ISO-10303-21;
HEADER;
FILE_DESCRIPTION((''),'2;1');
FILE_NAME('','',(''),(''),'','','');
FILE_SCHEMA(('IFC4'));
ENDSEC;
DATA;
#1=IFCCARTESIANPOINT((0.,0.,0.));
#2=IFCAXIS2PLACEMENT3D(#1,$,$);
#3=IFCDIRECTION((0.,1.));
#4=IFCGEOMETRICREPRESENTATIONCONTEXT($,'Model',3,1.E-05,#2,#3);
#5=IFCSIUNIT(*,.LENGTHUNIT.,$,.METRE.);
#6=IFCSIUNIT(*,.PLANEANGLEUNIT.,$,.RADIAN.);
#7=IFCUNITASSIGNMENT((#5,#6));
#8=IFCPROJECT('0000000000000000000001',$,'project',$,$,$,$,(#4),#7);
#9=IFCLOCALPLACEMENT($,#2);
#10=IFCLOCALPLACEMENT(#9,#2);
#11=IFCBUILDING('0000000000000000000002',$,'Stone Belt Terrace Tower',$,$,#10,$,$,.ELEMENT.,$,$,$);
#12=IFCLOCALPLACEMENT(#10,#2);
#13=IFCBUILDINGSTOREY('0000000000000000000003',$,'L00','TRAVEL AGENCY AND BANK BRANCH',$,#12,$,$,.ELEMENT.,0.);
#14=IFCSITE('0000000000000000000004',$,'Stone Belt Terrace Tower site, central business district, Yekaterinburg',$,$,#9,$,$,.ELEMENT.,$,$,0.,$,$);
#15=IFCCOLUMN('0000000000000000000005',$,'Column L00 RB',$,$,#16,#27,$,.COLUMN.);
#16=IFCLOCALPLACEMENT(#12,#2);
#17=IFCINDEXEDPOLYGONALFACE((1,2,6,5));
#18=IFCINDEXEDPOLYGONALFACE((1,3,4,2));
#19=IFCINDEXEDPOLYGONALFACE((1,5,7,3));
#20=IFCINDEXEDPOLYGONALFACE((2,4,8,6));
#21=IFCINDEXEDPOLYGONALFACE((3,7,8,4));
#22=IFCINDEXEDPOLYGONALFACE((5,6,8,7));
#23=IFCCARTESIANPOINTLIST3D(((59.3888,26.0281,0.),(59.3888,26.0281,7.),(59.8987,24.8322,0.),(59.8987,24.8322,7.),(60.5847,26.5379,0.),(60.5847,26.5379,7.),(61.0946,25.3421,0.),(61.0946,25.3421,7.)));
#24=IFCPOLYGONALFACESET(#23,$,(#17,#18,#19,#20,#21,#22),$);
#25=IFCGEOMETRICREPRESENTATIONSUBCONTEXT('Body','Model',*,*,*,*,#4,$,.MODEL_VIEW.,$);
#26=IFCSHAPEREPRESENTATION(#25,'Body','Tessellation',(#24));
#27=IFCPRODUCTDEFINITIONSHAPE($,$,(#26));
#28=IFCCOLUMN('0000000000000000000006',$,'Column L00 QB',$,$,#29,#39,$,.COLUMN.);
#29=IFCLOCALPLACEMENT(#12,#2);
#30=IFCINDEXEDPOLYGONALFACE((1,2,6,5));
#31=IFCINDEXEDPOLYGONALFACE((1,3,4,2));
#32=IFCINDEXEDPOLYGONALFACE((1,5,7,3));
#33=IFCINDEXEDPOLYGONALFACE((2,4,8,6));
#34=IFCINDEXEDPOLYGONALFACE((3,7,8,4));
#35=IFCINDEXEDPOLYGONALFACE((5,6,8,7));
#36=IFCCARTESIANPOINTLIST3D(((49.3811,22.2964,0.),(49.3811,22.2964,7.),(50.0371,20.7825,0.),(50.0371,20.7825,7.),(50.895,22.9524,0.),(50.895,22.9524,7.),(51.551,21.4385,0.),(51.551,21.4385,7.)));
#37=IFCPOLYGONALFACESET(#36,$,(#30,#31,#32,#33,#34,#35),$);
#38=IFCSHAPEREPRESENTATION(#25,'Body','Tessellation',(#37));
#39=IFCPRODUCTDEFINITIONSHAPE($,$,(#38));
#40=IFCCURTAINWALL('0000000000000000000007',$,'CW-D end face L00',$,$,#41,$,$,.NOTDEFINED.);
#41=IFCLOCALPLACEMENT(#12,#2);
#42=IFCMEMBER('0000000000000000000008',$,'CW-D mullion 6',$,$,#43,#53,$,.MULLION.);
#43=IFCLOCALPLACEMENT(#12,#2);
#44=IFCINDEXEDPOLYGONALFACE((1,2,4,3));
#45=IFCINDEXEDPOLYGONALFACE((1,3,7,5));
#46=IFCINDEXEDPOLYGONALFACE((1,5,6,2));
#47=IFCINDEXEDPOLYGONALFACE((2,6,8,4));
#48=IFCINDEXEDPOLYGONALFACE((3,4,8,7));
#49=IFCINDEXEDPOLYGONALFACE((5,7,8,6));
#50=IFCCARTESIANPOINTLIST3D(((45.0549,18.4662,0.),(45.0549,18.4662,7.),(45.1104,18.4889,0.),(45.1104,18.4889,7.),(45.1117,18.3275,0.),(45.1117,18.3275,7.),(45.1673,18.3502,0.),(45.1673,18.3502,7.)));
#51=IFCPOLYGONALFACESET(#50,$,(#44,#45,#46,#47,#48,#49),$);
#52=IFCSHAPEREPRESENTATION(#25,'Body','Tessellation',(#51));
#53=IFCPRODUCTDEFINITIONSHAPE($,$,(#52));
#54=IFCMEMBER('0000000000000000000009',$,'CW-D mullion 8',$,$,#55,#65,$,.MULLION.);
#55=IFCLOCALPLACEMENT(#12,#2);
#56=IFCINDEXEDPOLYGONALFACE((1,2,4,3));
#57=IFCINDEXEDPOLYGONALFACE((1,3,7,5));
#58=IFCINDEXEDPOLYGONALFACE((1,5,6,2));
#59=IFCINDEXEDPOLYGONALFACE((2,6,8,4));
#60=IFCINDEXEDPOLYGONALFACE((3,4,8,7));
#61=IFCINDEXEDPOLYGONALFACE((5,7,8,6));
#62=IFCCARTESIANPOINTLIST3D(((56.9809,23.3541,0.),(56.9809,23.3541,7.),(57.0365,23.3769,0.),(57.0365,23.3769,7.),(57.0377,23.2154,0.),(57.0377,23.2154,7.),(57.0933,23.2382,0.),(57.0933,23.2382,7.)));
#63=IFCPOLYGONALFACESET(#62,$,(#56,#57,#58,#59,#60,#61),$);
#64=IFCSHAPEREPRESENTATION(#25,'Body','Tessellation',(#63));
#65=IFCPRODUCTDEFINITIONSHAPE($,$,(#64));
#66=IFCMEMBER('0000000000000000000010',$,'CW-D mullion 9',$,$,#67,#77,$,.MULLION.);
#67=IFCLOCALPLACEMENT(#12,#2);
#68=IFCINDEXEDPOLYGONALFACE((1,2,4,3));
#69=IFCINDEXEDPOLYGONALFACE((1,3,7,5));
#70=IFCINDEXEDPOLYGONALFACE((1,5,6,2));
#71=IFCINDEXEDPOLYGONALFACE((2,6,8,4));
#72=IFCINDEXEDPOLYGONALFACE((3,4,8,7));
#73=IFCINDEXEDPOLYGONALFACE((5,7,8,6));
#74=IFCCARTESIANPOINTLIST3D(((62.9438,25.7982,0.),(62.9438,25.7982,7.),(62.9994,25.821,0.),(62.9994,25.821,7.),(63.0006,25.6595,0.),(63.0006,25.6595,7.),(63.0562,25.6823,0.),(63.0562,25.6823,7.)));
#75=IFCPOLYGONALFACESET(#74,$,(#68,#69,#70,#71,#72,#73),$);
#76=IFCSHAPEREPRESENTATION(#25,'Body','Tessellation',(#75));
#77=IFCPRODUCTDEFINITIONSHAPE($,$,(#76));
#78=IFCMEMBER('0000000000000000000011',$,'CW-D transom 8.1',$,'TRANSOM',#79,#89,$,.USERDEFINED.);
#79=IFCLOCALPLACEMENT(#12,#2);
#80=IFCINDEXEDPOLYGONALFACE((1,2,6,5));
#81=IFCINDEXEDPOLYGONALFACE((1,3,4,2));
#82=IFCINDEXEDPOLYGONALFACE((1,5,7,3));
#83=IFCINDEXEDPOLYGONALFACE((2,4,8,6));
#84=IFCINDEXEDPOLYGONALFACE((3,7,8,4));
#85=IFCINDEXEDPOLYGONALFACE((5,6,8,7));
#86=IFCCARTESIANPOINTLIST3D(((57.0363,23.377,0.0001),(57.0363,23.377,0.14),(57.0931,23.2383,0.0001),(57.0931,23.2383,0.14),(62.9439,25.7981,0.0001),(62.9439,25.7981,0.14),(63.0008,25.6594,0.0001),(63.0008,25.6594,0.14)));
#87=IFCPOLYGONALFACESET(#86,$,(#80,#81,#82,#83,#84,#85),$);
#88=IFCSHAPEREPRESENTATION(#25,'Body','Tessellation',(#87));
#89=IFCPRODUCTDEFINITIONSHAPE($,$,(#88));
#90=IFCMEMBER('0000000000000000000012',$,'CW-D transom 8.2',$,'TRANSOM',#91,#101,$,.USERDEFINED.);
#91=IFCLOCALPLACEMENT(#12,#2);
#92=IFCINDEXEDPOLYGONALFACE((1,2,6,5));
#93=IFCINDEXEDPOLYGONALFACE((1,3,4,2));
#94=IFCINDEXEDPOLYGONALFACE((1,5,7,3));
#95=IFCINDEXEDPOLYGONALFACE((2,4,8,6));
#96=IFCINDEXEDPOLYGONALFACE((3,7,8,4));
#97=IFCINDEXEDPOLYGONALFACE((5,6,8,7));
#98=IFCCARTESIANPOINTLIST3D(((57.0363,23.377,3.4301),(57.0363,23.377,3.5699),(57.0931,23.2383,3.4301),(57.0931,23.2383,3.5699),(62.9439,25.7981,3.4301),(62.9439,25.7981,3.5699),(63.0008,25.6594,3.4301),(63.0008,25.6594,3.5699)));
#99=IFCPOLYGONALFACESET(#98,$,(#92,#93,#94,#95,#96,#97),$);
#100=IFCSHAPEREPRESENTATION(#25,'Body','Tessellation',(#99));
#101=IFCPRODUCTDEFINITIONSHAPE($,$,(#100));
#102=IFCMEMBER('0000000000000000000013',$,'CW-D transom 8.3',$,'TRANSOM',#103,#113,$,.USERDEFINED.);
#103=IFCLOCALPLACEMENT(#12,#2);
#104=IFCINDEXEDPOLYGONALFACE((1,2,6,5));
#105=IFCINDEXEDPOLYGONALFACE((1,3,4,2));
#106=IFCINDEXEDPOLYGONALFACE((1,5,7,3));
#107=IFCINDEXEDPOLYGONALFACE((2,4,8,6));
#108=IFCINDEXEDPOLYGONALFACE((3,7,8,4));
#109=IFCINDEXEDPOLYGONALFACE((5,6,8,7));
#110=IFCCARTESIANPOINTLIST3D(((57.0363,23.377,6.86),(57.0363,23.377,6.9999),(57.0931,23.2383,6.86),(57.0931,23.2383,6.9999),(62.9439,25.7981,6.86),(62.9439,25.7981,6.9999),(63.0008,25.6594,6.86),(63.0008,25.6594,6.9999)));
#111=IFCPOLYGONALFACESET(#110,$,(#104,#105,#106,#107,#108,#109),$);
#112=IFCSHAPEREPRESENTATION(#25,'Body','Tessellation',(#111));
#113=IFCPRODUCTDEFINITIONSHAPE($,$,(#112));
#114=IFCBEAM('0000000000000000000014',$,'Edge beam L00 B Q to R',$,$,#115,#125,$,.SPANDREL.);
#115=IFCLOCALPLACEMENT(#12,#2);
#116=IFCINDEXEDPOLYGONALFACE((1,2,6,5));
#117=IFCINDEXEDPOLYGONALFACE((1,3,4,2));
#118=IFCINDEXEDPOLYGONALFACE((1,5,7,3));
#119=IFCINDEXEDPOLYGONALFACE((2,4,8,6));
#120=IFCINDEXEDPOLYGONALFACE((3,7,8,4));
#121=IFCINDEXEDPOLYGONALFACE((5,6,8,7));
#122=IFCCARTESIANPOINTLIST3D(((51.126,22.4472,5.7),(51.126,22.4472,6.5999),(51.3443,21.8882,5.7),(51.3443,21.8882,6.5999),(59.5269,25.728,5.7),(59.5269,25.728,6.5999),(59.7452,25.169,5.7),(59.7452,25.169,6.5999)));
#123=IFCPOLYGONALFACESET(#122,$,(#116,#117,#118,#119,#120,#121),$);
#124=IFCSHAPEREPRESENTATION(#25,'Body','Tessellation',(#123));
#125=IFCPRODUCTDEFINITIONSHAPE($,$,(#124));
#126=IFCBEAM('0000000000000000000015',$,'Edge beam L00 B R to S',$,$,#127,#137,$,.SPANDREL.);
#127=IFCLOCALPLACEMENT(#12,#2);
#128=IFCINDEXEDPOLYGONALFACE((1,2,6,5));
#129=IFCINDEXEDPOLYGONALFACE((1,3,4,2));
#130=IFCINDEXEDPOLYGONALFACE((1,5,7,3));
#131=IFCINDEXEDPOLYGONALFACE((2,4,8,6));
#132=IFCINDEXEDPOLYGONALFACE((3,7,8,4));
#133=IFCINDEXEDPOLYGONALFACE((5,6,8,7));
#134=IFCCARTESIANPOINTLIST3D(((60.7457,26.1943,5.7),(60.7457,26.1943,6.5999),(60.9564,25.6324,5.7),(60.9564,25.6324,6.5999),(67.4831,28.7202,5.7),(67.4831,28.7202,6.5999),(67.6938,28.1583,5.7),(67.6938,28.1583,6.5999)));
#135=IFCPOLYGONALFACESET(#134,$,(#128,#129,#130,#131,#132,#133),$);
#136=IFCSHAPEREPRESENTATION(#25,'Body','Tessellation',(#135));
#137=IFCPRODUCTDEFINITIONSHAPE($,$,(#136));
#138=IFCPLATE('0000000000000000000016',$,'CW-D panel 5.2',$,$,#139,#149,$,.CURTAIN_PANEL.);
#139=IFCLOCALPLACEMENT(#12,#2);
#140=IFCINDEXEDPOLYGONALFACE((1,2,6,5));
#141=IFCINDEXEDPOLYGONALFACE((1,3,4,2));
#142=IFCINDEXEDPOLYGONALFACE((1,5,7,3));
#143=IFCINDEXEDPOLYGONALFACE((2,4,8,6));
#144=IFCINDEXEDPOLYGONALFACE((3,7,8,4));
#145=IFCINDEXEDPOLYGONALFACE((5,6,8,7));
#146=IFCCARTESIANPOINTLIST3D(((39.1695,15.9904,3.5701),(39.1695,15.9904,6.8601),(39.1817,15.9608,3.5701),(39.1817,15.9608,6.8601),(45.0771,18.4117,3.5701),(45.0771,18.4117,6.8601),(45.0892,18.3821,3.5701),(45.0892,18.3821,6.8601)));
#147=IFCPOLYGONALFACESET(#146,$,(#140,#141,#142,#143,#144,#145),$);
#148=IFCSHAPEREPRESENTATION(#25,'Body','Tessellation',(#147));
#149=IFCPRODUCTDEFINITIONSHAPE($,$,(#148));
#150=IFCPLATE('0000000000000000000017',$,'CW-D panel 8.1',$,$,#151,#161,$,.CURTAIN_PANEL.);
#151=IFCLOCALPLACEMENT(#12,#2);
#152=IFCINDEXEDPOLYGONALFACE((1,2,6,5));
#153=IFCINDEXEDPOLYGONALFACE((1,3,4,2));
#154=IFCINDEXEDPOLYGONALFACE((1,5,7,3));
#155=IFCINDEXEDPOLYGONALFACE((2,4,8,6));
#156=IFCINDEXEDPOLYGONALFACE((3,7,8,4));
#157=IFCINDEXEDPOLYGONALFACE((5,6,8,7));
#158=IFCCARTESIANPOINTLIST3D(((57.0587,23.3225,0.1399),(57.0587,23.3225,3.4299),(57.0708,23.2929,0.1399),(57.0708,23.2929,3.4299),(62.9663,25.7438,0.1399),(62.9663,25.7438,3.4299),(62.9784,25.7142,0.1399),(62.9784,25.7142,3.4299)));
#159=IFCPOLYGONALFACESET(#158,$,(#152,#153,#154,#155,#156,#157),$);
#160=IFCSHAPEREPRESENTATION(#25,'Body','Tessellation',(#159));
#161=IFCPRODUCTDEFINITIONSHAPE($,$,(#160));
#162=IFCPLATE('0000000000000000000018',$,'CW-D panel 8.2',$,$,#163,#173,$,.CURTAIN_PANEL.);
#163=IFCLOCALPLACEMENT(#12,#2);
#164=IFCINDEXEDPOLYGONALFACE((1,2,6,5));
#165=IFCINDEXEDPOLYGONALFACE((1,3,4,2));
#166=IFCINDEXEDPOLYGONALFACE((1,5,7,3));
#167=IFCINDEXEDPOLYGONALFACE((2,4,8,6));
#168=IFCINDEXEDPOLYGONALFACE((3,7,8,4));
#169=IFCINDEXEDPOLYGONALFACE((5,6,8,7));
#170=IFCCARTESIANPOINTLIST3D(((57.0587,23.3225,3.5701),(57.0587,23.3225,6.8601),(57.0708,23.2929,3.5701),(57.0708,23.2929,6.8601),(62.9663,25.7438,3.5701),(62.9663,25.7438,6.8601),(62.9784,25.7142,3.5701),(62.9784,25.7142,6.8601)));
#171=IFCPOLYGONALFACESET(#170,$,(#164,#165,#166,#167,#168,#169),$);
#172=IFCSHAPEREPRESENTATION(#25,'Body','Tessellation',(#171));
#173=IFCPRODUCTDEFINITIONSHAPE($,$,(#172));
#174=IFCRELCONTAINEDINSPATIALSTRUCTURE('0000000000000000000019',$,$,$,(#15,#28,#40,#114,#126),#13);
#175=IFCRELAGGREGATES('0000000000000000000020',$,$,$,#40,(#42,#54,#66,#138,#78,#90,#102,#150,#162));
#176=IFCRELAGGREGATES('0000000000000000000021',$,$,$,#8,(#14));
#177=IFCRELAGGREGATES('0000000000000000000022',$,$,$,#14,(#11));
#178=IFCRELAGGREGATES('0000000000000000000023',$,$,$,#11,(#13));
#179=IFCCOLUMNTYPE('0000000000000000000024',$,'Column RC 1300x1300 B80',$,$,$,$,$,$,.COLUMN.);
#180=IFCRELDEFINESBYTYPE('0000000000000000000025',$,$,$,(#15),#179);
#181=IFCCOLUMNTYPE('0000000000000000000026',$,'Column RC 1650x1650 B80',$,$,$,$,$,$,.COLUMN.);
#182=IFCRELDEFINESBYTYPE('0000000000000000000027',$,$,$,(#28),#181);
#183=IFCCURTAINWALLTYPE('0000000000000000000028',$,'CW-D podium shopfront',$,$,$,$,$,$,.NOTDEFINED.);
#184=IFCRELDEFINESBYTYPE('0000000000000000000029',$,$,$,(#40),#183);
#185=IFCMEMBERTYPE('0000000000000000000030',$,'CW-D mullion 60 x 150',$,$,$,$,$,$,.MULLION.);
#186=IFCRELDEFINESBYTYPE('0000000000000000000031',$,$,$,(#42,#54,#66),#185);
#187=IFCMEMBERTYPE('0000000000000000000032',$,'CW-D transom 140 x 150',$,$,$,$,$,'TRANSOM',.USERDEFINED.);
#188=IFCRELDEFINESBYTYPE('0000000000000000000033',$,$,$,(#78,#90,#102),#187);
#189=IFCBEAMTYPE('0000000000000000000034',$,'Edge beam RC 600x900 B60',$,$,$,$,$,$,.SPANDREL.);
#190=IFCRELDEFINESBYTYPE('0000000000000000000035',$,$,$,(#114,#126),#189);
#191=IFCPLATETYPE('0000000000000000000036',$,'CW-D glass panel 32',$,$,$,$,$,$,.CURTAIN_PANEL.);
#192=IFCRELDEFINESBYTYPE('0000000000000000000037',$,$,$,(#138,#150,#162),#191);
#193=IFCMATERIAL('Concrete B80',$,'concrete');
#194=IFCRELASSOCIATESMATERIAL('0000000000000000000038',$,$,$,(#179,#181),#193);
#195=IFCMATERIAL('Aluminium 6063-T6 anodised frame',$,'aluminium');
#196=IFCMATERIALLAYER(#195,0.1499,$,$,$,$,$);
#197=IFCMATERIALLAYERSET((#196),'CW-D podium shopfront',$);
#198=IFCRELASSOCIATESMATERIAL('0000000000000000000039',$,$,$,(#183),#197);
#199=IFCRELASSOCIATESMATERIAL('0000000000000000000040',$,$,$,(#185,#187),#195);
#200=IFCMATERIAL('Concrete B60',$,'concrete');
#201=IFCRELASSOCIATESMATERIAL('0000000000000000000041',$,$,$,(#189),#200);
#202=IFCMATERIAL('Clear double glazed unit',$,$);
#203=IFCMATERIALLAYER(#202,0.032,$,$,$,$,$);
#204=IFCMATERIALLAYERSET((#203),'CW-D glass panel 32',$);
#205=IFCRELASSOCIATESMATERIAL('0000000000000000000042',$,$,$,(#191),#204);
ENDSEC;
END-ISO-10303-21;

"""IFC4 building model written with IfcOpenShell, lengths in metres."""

from ifc_helpers import new_model, si_unit, direction, frame, origin, origin_2d, place, context, subcontext, project, spatial, rectangle, extrude, material, layer, layer_set, material_profile, profile_set, type_object, element, aggregate, save


model = new_model("IFC4")

# Units and contexts
model_context = context("Model", 3, precision=1e-05, world=origin(), true_north=direction((0.0, 1.0)))
body_context = subcontext(model_context, "Body", "Model", "MODEL_VIEW")
ifc_project = project(units=[si_unit("LENGTHUNIT", "METRE"), si_unit("PLANEANGLEUNIT", "RADIAN")], contexts=[model_context])

# Site, building, storey
site_placement = place(None, origin())
site = spatial("IfcSite", under=ifc_project, at=site_placement, Name="Stone Belt Terrace Tower site, central business district, Yekaterinburg", CompositionType="ELEMENT", RefElevation=0.0)
building_placement = place(site_placement, origin())
building = spatial("IfcBuilding", under=site, at=building_placement, Name="Stone Belt Terrace Tower", CompositionType="ELEMENT")
storey_placement = place(building_placement, origin())
storey = spatial("IfcBuildingStorey", under=building, at=storey_placement, Name="L00", Description="TRAVEL AGENCY AND BANK BRANCH", CompositionType="ELEMENT", Elevation=0.0)

# Columns
ifc_material_1 = material(Name="Concrete B80", Category="concrete")
ifc_material_profile_1 = material_profile(ifc_material_1, rectangle(XDim=1.3, YDim=1.3, at=origin_2d()), Name="RC 1300x1300")
ifc_profile_set_1 = profile_set([ifc_material_profile_1], Name="Concrete B80")
column_type_1 = type_object("IfcColumnType", Name="Column RC 1300x1300 B80", PredefinedType="COLUMN", material=ifc_profile_set_1)
column_1_placement = place(storey_placement, frame((60.2417, 25.6851, 0.0), z_axis=(0.0, 0.0, 1.0), x_axis=(0.392204, -0.919878, 0.0)))
element("IfcColumn", 1, at=column_1_placement, inside=storey, type_object=column_type_1, Name="Column L00 RB", PredefinedType="COLUMN", context=body_context, shape_type="SweptSolid", body=[
    extrude(rectangle(XDim=1.3, YDim=1.3, at=origin_2d()), origin(), (0.0, 0.0, 1.0), 7.0),
])
ifc_material_profile_2 = material_profile(ifc_material_1, rectangle(XDim=1.6499, YDim=1.6499, at=origin_2d()), Name="RC 1650x1650")
ifc_profile_set_2 = profile_set([ifc_material_profile_2], Name="Concrete B80")
column_type_2 = type_object("IfcColumnType", Name="Column RC 1650x1650 B80", PredefinedType="COLUMN", material=ifc_profile_set_2)
column_2_placement = place(storey_placement, frame((50.4661, 21.8674, 0.0), z_axis=(0.0, 0.0, 1.0), x_axis=(0.397588, -0.917564, 0.0)))
element("IfcColumn", 2, at=column_2_placement, inside=storey, type_object=column_type_2, Name="Column L00 QB", PredefinedType="COLUMN", context=body_context, shape_type="SweptSolid", body=[
    extrude(rectangle(XDim=1.6499, YDim=1.6499, at=origin_2d()), origin(), (0.0, 0.0, 1.0), 7.0),
])

# Curtain wall, members
ifc_material_2 = material(Name="Aluminium 6063-T6 anodised frame", Category="aluminium")
ifc_layer_1 = layer(ifc_material_2, 0.1499)
ifc_layer_set_1 = layer_set([ifc_layer_1], Name="CW-D podium shopfront")
curtain_wall_type = type_object("IfcCurtainWallType", Name="CW-D podium shopfront", PredefinedType="NOTDEFINED", material=ifc_layer_set_1)
curtain_wall_placement = place(storey_placement, origin())
curtain_wall = element("IfcCurtainWall", 3, at=curtain_wall_placement, inside=storey, type_object=curtain_wall_type, Name="CW-D end face L00", PredefinedType="NOTDEFINED")
ifc_material_profile_3 = material_profile(ifc_material_2, rectangle(XDim=0.1499, YDim=0.0601, at=origin_2d()), Name="Aluminium 6063-T6 60x150")
ifc_profile_set_3 = profile_set([ifc_material_profile_3], Name="Aluminium 6063-T6 anodised frame")
member_type_1 = type_object("IfcMemberType", Name="CW-D mullion 60 x 150", PredefinedType="MULLION", material=ifc_profile_set_3)
member_1_placement = place(storey_placement, frame((45.1111, 18.4082, 0.0), z_axis=(0.0, 0.0, 1.0), x_axis=(-0.379243, 0.925297, 0.0)))
member_1 = element("IfcMember", 4, at=member_1_placement, type_object=member_type_1, Name="CW-D mullion 6", PredefinedType="MULLION", context=body_context, shape_type="SweptSolid", body=[
    extrude(rectangle(XDim=0.1499, YDim=0.0601, at=origin_2d()), origin(), (0.0, 0.0, 1.0), 7.0),
])
member_2_placement = place(storey_placement, frame((57.0371, 23.2961, 0.0), z_axis=(0.0, 0.0, 1.0), x_axis=(-0.379243, 0.925297, 0.0)))
member_2 = element("IfcMember", 5, at=member_2_placement, type_object=member_type_1, Name="CW-D mullion 8", PredefinedType="MULLION", context=body_context, shape_type="SweptSolid", body=[
    extrude(rectangle(XDim=0.1499, YDim=0.0601, at=origin_2d()), origin(), (0.0, 0.0, 1.0), 7.0),
])
member_3_placement = place(storey_placement, frame((63.0, 25.7402, 0.0), z_axis=(0.0, 0.0, 1.0), x_axis=(-0.379243, 0.925297, 0.0)))
member_3 = element("IfcMember", 6, at=member_3_placement, type_object=member_type_1, Name="CW-D mullion 9", PredefinedType="MULLION", context=body_context, shape_type="SweptSolid", body=[
    extrude(rectangle(XDim=0.1499, YDim=0.0601, at=origin_2d()), origin(), (0.0, 0.0, 1.0), 7.0),
])
ifc_material_profile_4 = material_profile(ifc_material_2, rectangle(XDim=0.1499, YDim=0.1399, at=origin_2d()), Name="Aluminium 6063-T6 150x140")
ifc_profile_set_4 = profile_set([ifc_material_profile_4], Name="Aluminium 6063-T6 anodised frame")
member_type_2 = type_object("IfcMemberType", Name="CW-D transom 140 x 150", ElementType="TRANSOM", PredefinedType="USERDEFINED", material=ifc_profile_set_4)
member_4_placement = place(storey_placement, frame((57.0647, 23.3076, 0.0701), z_axis=(0.925308, 0.379216, 0.0), x_axis=(-0.379216, 0.925308, 0.0)))
member_4 = element("IfcMember", 7, at=member_4_placement, type_object=member_type_2, Name="CW-D transom 8.1", ObjectType="TRANSOM", PredefinedType="USERDEFINED", context=body_context, shape_type="SweptSolid", body=[
    extrude(rectangle(XDim=0.1499, YDim=0.1399, at=origin_2d()), origin(), (0.0, 0.0, 1.0), 6.3845),
])
member_5_placement = place(storey_placement, frame((57.0647, 23.3076, 3.5), z_axis=(0.925308, 0.379216, 0.0), x_axis=(-0.379216, 0.925308, 0.0)))
member_5 = element("IfcMember", 8, at=member_5_placement, type_object=member_type_2, Name="CW-D transom 8.2", ObjectType="TRANSOM", PredefinedType="USERDEFINED", context=body_context, shape_type="SweptSolid", body=[
    extrude(rectangle(XDim=0.1499, YDim=0.1399, at=origin_2d()), origin(), (0.0, 0.0, 1.0), 6.3845),
])
member_6_placement = place(storey_placement, frame((57.0647, 23.3076, 6.9299), z_axis=(0.925308, 0.379216, 0.0), x_axis=(-0.379216, 0.925308, 0.0)))
member_6 = element("IfcMember", 9, at=member_6_placement, type_object=member_type_2, Name="CW-D transom 8.3", ObjectType="TRANSOM", PredefinedType="USERDEFINED", context=body_context, shape_type="SweptSolid", body=[
    extrude(rectangle(XDim=0.1499, YDim=0.1399, at=origin_2d()), origin(), (0.0, 0.0, 1.0), 6.3845),
])

# Beams
ifc_material_3 = material(Name="Concrete B60", Category="concrete")
ifc_material_profile_5 = material_profile(ifc_material_3, rectangle(XDim=0.6001, YDim=0.8999, at=origin_2d()), Name="RC 600x900")
ifc_profile_set_5 = profile_set([ifc_material_profile_5], Name="Concrete B60")
beam_type = type_object("IfcBeamType", Name="Edge beam RC 600x900 B60", PredefinedType="SPANDREL", material=ifc_profile_set_5)
beam_1_placement = place(storey_placement, frame((51.2351, 22.1677, 6.1499), z_axis=(0.931489, 0.363771, 0.0), x_axis=(-0.363771, 0.931489, 0.0)))
element("IfcBeam", 10, at=beam_1_placement, inside=storey, type_object=beam_type, Name="Edge beam L00 B Q to R", PredefinedType="SPANDREL", context=body_context, shape_type="SweptSolid", body=[
    extrude(rectangle(XDim=0.6001, YDim=0.8999, at=origin_2d()), origin(), (0.0, 0.0, 1.0), 9.0188),
])
beam_2_placement = place(storey_placement, frame((60.8511, 25.9133, 6.1499), z_axis=(0.936357, 0.351049, 0.0), x_axis=(-0.351049, 0.936357, 0.0)))
element("IfcBeam", 11, at=beam_2_placement, inside=storey, type_object=beam_type, Name="Edge beam L00 B R to S", PredefinedType="SPANDREL", context=body_context, shape_type="SweptSolid", body=[
    extrude(rectangle(XDim=0.6001, YDim=0.8999, at=origin_2d()), origin(), (0.0, 0.0, 1.0), 7.1953),
])

# Plates
ifc_material_4 = material(Name="Clear double glazed unit")
ifc_layer_2 = layer(ifc_material_4, 0.032)
ifc_layer_set_2 = layer_set([ifc_layer_2], Name="CW-D glass panel 32")
plate_type = type_object("IfcPlateType", Name="CW-D glass panel 32", PredefinedType="CURTAIN_PANEL", material=ifc_layer_set_2)
plate_1_placement = place(storey_placement, frame((42.1294, 17.1863, 3.5701), z_axis=(0.0, 0.0, 1.0), x_axis=(0.925297, 0.379243, 0.0)))
plate_1 = element("IfcPlate", 12, at=plate_1_placement, type_object=plate_type, Name="CW-D panel 5.2", PredefinedType="CURTAIN_PANEL", context=body_context, shape_type="SweptSolid", body=[
    extrude(rectangle(XDim=6.3845, YDim=0.032, at=origin_2d()), origin(), (0.0, 0.0, 1.0), 3.29),
])
plate_2_placement = place(storey_placement, frame((60.0186, 24.5183, 0.1399), z_axis=(0.0, 0.0, 1.0), x_axis=(0.925297, 0.379243, 0.0)))
plate_2 = element("IfcPlate", 13, at=plate_2_placement, type_object=plate_type, Name="CW-D panel 8.1", PredefinedType="CURTAIN_PANEL", context=body_context, shape_type="SweptSolid", body=[
    extrude(rectangle(XDim=6.3845, YDim=0.032, at=origin_2d()), origin(), (0.0, 0.0, 1.0), 3.29),
])
plate_3_placement = place(storey_placement, frame((60.0186, 24.5183, 3.5701), z_axis=(0.0, 0.0, 1.0), x_axis=(0.925297, 0.379243, 0.0)))
plate_3 = element("IfcPlate", 14, at=plate_3_placement, type_object=plate_type, Name="CW-D panel 8.2", PredefinedType="CURTAIN_PANEL", context=body_context, shape_type="SweptSolid", body=[
    extrude(rectangle(XDim=6.3845, YDim=0.032, at=origin_2d()), origin(), (0.0, 0.0, 1.0), 3.29),
])
aggregate(curtain_wall, [member_1, member_2, member_3, plate_1, member_4, member_5, member_6, plate_2, plate_3])

save(model, "model.ifc")
